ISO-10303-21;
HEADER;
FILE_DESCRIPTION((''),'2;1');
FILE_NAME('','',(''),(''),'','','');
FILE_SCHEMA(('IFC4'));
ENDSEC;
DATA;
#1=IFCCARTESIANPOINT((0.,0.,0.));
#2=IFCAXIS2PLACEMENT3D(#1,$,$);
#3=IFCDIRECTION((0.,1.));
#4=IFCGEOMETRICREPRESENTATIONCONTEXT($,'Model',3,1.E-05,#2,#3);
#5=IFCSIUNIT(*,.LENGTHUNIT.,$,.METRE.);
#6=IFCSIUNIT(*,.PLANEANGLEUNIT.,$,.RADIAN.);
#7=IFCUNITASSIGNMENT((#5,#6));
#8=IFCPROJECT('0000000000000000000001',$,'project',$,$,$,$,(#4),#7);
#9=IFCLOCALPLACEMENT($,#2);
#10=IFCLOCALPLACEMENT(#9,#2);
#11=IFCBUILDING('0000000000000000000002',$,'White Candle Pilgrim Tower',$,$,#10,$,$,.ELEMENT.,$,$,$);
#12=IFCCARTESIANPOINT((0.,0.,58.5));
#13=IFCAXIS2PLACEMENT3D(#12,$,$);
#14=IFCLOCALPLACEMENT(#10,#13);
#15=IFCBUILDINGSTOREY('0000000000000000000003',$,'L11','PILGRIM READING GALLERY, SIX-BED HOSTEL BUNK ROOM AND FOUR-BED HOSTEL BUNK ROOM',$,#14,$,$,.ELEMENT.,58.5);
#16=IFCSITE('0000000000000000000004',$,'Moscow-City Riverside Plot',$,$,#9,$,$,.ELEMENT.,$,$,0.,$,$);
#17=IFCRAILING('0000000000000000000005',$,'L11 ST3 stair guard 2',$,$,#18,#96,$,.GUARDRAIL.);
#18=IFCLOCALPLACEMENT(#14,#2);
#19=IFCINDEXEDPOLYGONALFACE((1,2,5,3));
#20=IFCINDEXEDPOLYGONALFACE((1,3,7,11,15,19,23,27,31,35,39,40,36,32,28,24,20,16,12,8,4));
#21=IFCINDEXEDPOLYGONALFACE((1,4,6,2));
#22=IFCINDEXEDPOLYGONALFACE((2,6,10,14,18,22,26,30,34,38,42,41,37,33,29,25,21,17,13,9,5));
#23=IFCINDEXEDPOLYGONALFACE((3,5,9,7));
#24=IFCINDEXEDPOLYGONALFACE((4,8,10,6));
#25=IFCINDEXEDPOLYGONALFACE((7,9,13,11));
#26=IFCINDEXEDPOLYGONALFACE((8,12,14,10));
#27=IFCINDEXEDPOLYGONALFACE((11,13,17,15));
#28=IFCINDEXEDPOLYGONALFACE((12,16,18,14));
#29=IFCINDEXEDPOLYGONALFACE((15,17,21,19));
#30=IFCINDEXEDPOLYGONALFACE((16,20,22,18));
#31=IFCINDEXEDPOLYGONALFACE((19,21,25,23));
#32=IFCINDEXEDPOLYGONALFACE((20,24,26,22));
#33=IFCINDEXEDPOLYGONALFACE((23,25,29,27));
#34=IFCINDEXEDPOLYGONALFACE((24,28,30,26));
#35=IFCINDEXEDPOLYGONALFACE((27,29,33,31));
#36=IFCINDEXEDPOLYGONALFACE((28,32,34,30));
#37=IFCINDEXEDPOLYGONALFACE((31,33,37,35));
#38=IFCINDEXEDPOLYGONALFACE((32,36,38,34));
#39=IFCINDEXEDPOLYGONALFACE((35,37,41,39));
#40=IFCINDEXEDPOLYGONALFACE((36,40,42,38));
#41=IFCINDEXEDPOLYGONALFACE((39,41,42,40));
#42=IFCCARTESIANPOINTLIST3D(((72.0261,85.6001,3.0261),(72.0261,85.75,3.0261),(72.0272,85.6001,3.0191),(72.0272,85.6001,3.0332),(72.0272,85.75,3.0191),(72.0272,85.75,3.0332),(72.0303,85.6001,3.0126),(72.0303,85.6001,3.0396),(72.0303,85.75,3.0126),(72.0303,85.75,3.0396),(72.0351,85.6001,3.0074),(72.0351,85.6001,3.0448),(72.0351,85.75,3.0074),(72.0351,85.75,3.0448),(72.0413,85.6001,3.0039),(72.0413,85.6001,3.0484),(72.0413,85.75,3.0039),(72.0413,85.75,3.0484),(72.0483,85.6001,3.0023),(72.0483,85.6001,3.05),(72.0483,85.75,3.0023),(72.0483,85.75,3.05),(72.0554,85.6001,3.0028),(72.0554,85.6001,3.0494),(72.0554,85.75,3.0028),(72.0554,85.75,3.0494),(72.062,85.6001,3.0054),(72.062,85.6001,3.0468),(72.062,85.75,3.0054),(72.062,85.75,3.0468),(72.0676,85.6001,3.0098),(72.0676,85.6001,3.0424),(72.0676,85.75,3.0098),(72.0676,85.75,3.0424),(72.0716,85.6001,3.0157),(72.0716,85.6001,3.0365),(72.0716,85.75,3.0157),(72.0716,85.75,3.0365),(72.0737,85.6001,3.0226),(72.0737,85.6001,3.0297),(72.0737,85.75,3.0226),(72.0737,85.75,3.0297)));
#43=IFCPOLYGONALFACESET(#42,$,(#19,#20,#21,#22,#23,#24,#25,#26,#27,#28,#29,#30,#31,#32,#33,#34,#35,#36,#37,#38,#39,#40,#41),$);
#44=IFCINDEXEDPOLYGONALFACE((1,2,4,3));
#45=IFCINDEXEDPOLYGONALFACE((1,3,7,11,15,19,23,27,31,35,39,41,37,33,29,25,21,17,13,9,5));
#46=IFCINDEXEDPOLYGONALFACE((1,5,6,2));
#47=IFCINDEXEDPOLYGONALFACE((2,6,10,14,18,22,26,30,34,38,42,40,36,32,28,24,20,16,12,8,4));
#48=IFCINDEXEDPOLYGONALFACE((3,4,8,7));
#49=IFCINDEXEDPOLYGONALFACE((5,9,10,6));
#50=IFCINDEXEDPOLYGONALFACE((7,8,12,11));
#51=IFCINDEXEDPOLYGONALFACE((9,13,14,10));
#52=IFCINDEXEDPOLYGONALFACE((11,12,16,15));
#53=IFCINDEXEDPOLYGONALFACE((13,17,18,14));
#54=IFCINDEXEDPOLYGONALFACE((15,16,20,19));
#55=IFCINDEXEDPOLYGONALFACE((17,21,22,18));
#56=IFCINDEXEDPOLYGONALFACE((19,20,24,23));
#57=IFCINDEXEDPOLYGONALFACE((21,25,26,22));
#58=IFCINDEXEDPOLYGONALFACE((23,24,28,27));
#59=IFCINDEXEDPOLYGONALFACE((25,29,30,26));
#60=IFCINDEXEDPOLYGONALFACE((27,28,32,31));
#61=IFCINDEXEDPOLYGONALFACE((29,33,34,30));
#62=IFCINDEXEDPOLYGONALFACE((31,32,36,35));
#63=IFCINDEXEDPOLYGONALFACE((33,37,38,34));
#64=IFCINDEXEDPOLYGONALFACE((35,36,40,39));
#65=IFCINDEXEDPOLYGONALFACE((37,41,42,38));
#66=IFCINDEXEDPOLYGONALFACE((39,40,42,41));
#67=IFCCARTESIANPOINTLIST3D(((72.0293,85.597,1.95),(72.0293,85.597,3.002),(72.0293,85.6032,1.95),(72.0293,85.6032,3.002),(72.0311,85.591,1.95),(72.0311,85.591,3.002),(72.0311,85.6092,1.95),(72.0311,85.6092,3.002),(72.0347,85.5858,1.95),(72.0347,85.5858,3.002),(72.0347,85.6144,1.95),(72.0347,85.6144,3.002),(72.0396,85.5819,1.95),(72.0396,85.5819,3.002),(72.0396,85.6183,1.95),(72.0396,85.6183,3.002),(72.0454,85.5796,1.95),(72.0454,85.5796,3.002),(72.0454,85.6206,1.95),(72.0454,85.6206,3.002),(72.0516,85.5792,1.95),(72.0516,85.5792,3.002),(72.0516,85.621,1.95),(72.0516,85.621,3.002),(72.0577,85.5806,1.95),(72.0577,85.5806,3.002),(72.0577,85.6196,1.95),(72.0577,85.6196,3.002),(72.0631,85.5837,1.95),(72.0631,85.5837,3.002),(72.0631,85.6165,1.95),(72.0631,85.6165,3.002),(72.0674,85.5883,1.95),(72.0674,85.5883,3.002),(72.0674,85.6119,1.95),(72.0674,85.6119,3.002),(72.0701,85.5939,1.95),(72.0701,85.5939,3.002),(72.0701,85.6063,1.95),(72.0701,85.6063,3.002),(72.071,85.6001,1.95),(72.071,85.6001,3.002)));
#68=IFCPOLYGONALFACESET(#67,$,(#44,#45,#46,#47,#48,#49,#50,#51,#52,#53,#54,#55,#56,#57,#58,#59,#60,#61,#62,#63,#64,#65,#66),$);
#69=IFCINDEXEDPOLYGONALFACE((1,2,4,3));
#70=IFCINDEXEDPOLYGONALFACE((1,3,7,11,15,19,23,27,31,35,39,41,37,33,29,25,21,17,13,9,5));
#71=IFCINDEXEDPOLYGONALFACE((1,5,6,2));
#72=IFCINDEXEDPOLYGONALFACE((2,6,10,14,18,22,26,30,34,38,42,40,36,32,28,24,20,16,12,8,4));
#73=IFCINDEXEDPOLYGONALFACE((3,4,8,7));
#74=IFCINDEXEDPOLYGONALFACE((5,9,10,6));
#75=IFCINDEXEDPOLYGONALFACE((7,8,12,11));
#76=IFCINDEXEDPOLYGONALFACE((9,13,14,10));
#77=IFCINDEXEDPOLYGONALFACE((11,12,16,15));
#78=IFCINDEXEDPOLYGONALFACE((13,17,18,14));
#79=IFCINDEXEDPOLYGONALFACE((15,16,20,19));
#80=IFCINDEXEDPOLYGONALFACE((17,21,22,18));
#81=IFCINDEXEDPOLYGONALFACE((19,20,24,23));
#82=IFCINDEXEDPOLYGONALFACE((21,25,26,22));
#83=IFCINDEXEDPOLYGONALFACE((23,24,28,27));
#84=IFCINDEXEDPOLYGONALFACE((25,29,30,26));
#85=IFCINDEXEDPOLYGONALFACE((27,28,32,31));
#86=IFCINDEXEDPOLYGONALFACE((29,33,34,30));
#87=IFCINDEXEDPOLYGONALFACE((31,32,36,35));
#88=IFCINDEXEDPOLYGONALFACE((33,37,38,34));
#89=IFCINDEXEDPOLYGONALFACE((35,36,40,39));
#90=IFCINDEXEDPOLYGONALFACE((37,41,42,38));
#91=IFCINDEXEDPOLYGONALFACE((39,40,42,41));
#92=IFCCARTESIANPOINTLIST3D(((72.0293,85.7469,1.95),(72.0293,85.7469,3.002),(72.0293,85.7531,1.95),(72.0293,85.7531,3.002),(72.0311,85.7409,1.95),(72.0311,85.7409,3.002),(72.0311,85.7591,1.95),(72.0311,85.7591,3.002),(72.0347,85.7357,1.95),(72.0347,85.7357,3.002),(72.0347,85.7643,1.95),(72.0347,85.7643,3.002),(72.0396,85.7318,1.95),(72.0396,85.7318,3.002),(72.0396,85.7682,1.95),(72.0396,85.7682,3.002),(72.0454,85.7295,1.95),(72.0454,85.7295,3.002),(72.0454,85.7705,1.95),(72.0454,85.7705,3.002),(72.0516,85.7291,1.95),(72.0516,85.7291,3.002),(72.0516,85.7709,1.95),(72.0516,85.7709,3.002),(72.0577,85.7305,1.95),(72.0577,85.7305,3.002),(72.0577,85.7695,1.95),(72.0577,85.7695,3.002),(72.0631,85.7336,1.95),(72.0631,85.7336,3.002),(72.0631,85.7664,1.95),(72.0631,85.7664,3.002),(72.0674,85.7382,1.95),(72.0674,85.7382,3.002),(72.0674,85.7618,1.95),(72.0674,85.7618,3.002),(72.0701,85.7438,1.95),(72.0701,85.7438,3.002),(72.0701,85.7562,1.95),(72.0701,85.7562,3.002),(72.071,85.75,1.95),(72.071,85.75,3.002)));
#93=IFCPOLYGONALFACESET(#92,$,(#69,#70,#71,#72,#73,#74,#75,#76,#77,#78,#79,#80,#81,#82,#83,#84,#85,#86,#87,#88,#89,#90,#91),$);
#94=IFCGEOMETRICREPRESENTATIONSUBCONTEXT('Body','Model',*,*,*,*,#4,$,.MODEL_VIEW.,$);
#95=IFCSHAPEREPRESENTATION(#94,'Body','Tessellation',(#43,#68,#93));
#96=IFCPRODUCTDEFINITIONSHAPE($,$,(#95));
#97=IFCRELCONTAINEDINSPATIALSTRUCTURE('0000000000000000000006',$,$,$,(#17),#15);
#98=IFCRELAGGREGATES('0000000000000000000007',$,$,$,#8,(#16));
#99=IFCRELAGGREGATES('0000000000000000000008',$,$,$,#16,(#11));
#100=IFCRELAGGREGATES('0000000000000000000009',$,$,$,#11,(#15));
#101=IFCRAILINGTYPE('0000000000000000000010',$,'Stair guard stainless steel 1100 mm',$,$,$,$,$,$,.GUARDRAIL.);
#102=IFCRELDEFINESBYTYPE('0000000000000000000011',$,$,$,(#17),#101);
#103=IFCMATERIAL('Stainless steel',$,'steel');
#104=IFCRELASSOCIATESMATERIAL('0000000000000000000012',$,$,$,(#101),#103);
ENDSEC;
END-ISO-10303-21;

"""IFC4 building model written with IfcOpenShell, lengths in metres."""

from ifc_helpers import new_model, si_unit, direction, frame, origin, origin_2d, place, context, subcontext, project, spatial, circle, extrude, material, type_object, element, save


model = new_model("IFC4")

# Units and contexts
model_context = context("Model", 3, precision=1e-05, world=origin(), true_north=direction((0.0, 1.0)))
body_context = subcontext(model_context, "Body", "Model", "MODEL_VIEW")
ifc_project = project(units=[si_unit("LENGTHUNIT", "METRE"), si_unit("PLANEANGLEUNIT", "RADIAN")], contexts=[model_context])

# Site, building, storey
site_placement = place(None, origin())
site = spatial("IfcSite", under=ifc_project, at=site_placement, Name="Moscow-City Riverside Plot", CompositionType="ELEMENT", RefElevation=0.0)
building_placement = place(site_placement, origin())
building = spatial("IfcBuilding", under=site, at=building_placement, Name="White Candle Pilgrim Tower", CompositionType="ELEMENT")
storey_placement = place(building_placement, frame((0.0, 0.0, 58.5)))
storey = spatial("IfcBuildingStorey", under=building, at=storey_placement, Name="L11", Description="PILGRIM READING GALLERY, SIX-BED HOSTEL BUNK ROOM AND FOUR-BED HOSTEL BUNK ROOM", CompositionType="ELEMENT", Elevation=58.5)

# Railing
ifc_material_1 = material(Name="Stainless steel", Category="steel")
railing_type_1 = type_object("IfcRailingType", Name="Stair guard stainless steel 1100 mm", PredefinedType="GUARDRAIL", material=ifc_material_1)
railing_1_placement = place(storey_placement, frame((72.05, 85.6001, 1.95)))
element("IfcRailing", 1, at=railing_1_placement, inside=storey, type_object=railing_type_1, Name="L11 ST3 stair guard 2", PredefinedType="GUARDRAIL", context=body_context, shape_type="SweptSolid", body=[
    extrude(circle(Radius=0.0239, at=origin_2d()), frame((0.0, 0.0, 1.0762), z_axis=(0.0, 1.0, 0.0), x_axis=(-1.0, 0.0, 0.0)), (0.0, 0.0, 1.0), 0.1499),
    extrude(circle(Radius=0.021, at=origin_2d()), origin(), (0.0, 0.0, 1.0), 1.052),
    extrude(circle(Radius=0.021, at=origin_2d()), frame((0.0, 0.1499, 0.0)), (0.0, 0.0, 1.0), 1.052),
])

save(model, "model.ifc")
